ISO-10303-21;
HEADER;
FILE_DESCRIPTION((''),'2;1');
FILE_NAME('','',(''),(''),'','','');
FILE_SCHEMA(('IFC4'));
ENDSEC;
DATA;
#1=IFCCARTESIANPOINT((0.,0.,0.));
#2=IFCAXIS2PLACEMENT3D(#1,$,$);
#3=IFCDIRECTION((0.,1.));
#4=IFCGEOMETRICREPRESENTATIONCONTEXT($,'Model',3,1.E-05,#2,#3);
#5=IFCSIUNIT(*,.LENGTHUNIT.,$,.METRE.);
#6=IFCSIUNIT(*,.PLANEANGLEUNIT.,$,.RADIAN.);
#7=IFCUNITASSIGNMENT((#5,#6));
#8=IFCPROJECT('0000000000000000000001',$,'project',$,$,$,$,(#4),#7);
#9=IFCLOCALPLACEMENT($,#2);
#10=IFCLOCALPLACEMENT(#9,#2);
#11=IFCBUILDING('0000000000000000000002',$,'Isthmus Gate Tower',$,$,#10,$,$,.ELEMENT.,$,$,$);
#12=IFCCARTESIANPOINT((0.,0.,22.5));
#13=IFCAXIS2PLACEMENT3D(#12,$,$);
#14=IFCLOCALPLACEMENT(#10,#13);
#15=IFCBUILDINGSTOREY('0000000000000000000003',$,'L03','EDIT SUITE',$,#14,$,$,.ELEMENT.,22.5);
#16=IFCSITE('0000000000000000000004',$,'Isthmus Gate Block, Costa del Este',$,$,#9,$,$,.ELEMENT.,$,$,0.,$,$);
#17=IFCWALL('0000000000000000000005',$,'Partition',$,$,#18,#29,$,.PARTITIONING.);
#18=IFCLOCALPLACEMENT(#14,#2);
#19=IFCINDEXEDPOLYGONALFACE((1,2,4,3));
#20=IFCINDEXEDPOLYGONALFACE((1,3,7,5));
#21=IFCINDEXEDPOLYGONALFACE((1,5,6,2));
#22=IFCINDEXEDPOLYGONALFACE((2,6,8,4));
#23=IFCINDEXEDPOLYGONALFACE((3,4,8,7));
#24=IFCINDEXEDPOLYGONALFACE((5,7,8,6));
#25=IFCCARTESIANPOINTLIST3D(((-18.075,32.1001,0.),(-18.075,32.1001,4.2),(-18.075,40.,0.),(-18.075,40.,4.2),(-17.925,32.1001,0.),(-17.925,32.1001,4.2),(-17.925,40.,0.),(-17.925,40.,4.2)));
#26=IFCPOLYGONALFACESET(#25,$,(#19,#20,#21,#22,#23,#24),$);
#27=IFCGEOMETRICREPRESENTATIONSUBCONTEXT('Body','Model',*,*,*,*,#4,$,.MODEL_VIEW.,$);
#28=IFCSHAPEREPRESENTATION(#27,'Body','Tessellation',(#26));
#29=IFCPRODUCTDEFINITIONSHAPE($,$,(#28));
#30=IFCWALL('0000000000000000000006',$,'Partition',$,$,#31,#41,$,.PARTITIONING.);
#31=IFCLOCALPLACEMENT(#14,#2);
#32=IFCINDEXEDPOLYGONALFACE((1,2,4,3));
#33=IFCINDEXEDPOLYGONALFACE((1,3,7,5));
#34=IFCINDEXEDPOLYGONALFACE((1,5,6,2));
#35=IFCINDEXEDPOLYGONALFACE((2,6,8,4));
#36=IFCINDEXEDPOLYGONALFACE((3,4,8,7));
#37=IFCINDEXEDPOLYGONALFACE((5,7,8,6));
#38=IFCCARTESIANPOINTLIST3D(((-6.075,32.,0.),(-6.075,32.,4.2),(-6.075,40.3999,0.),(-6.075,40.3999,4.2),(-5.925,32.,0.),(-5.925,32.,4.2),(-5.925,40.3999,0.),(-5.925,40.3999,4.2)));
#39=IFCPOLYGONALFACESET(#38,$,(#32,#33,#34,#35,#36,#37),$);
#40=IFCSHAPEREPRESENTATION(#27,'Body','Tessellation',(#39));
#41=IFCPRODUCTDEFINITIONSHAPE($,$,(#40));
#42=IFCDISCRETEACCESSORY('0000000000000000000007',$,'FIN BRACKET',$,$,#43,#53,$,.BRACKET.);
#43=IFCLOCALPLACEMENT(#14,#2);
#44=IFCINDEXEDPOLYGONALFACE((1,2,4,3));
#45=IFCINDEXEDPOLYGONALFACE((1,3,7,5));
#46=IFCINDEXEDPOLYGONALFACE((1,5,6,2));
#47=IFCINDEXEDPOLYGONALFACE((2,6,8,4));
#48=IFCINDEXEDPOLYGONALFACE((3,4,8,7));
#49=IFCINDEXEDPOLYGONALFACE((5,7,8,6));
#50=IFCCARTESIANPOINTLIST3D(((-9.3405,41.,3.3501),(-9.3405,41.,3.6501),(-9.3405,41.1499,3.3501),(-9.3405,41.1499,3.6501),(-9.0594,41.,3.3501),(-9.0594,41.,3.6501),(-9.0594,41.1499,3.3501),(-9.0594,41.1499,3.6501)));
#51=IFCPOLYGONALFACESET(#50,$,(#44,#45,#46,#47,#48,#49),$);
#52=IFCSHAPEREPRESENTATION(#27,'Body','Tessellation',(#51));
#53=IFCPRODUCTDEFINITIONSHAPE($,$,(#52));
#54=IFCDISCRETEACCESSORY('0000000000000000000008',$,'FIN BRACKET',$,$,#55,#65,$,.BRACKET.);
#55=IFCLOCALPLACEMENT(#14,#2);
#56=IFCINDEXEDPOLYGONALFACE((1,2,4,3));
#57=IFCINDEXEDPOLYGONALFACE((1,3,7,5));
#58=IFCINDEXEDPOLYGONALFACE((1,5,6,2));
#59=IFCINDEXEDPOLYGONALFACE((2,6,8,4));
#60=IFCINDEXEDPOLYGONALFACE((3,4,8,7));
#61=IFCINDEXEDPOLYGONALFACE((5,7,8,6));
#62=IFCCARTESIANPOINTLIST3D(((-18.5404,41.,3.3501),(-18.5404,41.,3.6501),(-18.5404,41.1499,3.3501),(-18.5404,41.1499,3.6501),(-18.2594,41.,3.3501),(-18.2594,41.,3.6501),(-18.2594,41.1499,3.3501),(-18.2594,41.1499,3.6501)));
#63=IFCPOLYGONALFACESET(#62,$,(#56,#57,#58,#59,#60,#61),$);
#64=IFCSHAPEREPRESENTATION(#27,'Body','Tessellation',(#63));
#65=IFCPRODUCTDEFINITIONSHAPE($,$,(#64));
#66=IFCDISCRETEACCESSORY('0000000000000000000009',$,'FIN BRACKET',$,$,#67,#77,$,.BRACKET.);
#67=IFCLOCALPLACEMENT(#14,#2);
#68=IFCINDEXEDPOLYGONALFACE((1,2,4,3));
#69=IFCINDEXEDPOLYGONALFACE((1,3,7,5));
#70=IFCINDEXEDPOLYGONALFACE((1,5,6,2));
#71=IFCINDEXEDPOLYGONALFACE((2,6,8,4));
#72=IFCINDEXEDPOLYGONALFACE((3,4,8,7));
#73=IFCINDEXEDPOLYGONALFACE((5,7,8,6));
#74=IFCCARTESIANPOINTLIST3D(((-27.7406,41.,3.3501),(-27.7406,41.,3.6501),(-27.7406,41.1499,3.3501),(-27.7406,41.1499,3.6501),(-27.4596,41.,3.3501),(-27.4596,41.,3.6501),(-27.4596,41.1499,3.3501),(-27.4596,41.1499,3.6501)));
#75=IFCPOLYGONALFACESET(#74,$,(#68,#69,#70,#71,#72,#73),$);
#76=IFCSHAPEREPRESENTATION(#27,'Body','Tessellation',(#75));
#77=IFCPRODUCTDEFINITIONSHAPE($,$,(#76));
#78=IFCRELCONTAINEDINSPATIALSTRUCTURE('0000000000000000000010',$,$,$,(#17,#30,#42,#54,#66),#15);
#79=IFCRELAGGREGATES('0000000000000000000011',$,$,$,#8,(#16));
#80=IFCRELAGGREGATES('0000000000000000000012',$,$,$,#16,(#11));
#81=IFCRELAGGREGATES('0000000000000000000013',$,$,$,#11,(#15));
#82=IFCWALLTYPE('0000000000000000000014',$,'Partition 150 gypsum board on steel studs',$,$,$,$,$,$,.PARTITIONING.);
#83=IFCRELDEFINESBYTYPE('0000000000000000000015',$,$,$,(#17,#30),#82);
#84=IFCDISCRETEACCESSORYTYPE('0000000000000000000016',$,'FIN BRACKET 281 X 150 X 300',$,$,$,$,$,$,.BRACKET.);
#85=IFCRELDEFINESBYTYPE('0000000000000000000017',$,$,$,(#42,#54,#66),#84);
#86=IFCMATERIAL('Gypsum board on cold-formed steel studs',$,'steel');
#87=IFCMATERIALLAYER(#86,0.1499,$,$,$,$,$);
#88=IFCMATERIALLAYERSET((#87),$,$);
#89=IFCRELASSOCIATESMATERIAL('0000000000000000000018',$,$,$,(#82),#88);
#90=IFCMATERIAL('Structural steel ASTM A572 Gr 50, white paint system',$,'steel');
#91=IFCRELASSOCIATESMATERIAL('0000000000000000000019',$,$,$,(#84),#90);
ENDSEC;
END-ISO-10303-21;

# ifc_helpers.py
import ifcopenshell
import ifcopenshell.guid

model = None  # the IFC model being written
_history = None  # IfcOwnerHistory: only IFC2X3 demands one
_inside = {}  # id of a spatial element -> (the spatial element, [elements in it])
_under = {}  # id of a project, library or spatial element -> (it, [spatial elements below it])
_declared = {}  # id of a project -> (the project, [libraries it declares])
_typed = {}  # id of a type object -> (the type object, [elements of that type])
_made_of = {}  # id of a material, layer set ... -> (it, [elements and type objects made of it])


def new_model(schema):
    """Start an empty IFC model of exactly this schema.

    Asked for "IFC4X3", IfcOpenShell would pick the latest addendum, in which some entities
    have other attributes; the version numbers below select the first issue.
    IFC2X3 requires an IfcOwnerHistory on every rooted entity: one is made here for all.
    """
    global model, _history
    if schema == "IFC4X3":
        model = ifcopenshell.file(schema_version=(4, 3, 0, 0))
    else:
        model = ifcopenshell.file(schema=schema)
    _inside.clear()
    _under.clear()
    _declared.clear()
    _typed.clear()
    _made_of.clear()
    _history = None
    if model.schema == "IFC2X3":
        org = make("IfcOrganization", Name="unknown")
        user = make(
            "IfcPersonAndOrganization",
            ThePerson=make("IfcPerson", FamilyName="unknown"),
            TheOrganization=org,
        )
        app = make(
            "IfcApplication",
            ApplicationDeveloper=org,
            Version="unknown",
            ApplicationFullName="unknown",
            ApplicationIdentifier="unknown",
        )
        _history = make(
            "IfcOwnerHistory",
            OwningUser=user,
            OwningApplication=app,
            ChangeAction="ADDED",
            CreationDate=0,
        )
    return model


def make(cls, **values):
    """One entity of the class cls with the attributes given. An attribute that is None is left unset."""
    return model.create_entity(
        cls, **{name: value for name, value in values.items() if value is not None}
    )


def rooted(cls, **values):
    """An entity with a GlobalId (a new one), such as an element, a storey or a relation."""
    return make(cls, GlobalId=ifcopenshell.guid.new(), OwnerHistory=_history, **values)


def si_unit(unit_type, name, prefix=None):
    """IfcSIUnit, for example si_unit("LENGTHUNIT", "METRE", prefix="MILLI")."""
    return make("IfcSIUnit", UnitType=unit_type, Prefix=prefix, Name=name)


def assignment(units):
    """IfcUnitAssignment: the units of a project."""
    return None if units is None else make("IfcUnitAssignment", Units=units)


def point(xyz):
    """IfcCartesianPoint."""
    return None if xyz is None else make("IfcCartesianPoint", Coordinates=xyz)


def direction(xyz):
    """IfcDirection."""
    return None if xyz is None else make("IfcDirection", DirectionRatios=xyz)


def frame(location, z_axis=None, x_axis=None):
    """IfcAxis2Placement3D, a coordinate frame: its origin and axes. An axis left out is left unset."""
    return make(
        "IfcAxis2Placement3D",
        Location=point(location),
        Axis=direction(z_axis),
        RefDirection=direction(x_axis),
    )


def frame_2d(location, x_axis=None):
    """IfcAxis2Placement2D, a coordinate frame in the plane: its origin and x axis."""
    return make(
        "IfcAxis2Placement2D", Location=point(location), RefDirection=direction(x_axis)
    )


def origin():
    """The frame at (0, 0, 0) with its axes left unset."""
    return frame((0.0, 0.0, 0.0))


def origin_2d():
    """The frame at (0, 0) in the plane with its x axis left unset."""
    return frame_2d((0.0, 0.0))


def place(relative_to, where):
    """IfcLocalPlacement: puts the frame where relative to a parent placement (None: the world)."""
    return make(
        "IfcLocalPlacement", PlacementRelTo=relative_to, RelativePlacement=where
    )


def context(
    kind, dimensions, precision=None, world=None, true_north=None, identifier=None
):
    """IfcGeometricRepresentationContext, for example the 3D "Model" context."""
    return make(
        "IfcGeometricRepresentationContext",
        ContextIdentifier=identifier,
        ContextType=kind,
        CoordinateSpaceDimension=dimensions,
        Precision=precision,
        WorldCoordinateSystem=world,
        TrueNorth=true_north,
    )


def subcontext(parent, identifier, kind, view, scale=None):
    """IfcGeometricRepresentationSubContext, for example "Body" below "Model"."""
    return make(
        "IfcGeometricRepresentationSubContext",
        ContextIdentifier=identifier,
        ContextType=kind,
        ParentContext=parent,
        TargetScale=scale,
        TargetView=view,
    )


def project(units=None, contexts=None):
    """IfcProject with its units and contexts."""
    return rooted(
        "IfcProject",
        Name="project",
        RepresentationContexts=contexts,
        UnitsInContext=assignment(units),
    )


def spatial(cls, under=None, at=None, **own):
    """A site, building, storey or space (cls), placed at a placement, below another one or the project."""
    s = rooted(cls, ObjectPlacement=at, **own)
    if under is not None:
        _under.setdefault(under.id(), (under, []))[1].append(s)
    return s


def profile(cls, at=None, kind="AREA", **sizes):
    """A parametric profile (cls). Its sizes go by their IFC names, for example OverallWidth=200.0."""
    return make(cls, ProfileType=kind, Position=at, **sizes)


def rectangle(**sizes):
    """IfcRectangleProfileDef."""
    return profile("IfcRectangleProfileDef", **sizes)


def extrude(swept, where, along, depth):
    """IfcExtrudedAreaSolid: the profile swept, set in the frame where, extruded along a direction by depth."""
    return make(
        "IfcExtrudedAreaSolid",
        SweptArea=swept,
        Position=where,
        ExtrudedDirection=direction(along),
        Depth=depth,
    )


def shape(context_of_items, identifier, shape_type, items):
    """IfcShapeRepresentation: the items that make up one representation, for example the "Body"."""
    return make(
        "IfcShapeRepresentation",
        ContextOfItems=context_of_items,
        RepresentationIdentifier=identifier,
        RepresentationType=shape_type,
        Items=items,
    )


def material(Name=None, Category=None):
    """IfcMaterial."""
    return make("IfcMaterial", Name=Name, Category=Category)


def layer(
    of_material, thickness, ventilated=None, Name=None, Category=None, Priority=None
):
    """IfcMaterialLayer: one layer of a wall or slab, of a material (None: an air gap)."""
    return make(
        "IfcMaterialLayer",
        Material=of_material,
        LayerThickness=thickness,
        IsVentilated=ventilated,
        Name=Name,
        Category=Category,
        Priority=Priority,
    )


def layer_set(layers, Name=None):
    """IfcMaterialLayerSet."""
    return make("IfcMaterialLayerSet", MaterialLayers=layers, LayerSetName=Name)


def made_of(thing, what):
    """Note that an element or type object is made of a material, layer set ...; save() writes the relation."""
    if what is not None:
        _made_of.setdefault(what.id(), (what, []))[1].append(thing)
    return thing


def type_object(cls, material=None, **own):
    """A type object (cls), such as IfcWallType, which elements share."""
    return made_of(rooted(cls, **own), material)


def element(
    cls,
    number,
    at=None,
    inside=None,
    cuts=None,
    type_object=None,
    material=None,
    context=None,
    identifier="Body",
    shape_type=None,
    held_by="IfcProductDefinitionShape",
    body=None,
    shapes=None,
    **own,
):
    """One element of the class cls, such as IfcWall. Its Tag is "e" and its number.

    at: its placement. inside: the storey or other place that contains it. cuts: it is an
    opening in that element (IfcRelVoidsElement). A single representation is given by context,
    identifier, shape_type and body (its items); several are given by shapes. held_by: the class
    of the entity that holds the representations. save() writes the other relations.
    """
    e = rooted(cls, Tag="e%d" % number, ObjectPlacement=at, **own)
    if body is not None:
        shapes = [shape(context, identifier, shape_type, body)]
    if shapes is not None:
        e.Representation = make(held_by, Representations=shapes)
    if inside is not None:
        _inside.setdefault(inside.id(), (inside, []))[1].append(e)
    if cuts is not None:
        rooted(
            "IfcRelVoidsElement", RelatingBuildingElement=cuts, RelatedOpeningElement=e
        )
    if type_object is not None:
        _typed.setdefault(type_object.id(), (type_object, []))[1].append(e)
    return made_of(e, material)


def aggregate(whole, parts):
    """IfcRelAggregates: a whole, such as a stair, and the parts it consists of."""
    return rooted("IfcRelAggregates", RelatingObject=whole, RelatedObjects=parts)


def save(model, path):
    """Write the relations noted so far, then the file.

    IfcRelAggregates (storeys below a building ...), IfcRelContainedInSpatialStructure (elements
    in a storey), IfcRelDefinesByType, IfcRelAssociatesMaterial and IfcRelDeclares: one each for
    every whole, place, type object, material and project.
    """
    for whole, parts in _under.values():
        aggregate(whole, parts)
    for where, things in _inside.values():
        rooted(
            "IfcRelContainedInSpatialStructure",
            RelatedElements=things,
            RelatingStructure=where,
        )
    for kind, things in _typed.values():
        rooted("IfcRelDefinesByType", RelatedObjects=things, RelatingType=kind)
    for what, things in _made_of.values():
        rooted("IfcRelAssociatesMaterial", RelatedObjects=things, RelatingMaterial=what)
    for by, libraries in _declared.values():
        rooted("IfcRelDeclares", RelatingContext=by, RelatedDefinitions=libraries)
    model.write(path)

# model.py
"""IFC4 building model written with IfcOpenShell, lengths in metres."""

from ifc_helpers import new_model, si_unit, direction, frame, frame_2d, origin, origin_2d, place, context, subcontext, project, spatial, rectangle, extrude, material, layer, layer_set, type_object, element, save


model = new_model("IFC4")

# Units and contexts
model_context = context("Model", 3, precision=1e-05, world=origin(), true_north=direction((0.0, 1.0)))
body_context = subcontext(model_context, "Body", "Model", "MODEL_VIEW")
ifc_project = project(units=[si_unit("LENGTHUNIT", "METRE"), si_unit("PLANEANGLEUNIT", "RADIAN")], contexts=[model_context])

# Site, building, storey
site_placement = place(None, origin())
site = spatial("IfcSite", under=ifc_project, at=site_placement, Name="Isthmus Gate Block, Costa del Este", CompositionType="ELEMENT", RefElevation=0.0)
building_placement = place(site_placement, origin())
building = spatial("IfcBuilding", under=site, at=building_placement, Name="Isthmus Gate Tower", CompositionType="ELEMENT")
storey_placement = place(building_placement, frame((0.0, 0.0, 22.5)))
storey = spatial("IfcBuildingStorey", under=building, at=storey_placement, Name="L03", Description="EDIT SUITE", CompositionType="ELEMENT", Elevation=22.5)

# Walls
ifc_material_1 = material(Name="Gypsum board on cold-formed steel studs", Category="steel")
ifc_layer_1 = layer(ifc_material_1, 0.1499)
ifc_layer_set_1 = layer_set([ifc_layer_1])
wall_type_1 = type_object("IfcWallType", Name="Partition 150 gypsum board on steel studs", PredefinedType="PARTITIONING", material=ifc_layer_set_1)
wall_1_placement = place(storey_placement, frame((-18.0, 32.1001, 0.0), z_axis=(0.0, 0.0, 1.0), x_axis=(0.0, 1.0, 0.0)))
element("IfcWall", 1, at=wall_1_placement, inside=storey, type_object=wall_type_1, Name="Partition", PredefinedType="PARTITIONING", context=body_context, shape_type="SweptSolid", body=[
    extrude(rectangle(XDim=7.8999, YDim=0.1499, at=frame_2d((3.95, 0.0))), origin(), (0.0, 0.0, 1.0), 4.2),
])
wall_2_placement = place(storey_placement, frame((-6.0, 32.0, 0.0), z_axis=(0.0, 0.0, 1.0), x_axis=(0.0, 1.0, 0.0)))
element("IfcWall", 2, at=wall_2_placement, inside=storey, type_object=wall_type_1, Name="Partition", PredefinedType="PARTITIONING", context=body_context, shape_type="SweptSolid", body=[
    extrude(rectangle(XDim=8.3999, YDim=0.1499, at=frame_2d((4.2, 0.0))), origin(), (0.0, 0.0, 1.0), 4.2),
])

# Discrete accessories
ifc_material_2 = material(Name="Structural steel ASTM A572 Gr 50, white paint system", Category="steel")
discrete_accessory_type = type_object("IfcDiscreteAccessoryType", Name="FIN BRACKET 281 X 150 X 300", PredefinedType="BRACKET", material=ifc_material_2)
for number, where, z_axis, x_axis, name in (
    (3, (-9.2, 41.075, 3.3501), (0.0, 0.0, 1.0), (0.0, 1.0, 0.0), "FIN BRACKET"),
    (4, (-18.3999, 41.075, 3.3501), (0.0, 0.0, 1.0), (0.0, 1.0, 0.0), "FIN BRACKET"),
    (5, (-27.6001, 41.075, 3.3501), (0.0, 0.0, 1.0), (0.0, 1.0, 0.0), "FIN BRACKET"),
):
    element("IfcDiscreteAccessory", number, at=place(storey_placement, frame(where, z_axis=z_axis, x_axis=x_axis)), inside=storey, type_object=discrete_accessory_type, Name=name, PredefinedType="BRACKET", context=body_context, shape_type="SweptSolid", body=[
        extrude(rectangle(XDim=0.1499, YDim=0.281, at=origin_2d()), origin(), (0.0, 0.0, 1.0), 0.3),
    ])

save(model, "model.ifc")
